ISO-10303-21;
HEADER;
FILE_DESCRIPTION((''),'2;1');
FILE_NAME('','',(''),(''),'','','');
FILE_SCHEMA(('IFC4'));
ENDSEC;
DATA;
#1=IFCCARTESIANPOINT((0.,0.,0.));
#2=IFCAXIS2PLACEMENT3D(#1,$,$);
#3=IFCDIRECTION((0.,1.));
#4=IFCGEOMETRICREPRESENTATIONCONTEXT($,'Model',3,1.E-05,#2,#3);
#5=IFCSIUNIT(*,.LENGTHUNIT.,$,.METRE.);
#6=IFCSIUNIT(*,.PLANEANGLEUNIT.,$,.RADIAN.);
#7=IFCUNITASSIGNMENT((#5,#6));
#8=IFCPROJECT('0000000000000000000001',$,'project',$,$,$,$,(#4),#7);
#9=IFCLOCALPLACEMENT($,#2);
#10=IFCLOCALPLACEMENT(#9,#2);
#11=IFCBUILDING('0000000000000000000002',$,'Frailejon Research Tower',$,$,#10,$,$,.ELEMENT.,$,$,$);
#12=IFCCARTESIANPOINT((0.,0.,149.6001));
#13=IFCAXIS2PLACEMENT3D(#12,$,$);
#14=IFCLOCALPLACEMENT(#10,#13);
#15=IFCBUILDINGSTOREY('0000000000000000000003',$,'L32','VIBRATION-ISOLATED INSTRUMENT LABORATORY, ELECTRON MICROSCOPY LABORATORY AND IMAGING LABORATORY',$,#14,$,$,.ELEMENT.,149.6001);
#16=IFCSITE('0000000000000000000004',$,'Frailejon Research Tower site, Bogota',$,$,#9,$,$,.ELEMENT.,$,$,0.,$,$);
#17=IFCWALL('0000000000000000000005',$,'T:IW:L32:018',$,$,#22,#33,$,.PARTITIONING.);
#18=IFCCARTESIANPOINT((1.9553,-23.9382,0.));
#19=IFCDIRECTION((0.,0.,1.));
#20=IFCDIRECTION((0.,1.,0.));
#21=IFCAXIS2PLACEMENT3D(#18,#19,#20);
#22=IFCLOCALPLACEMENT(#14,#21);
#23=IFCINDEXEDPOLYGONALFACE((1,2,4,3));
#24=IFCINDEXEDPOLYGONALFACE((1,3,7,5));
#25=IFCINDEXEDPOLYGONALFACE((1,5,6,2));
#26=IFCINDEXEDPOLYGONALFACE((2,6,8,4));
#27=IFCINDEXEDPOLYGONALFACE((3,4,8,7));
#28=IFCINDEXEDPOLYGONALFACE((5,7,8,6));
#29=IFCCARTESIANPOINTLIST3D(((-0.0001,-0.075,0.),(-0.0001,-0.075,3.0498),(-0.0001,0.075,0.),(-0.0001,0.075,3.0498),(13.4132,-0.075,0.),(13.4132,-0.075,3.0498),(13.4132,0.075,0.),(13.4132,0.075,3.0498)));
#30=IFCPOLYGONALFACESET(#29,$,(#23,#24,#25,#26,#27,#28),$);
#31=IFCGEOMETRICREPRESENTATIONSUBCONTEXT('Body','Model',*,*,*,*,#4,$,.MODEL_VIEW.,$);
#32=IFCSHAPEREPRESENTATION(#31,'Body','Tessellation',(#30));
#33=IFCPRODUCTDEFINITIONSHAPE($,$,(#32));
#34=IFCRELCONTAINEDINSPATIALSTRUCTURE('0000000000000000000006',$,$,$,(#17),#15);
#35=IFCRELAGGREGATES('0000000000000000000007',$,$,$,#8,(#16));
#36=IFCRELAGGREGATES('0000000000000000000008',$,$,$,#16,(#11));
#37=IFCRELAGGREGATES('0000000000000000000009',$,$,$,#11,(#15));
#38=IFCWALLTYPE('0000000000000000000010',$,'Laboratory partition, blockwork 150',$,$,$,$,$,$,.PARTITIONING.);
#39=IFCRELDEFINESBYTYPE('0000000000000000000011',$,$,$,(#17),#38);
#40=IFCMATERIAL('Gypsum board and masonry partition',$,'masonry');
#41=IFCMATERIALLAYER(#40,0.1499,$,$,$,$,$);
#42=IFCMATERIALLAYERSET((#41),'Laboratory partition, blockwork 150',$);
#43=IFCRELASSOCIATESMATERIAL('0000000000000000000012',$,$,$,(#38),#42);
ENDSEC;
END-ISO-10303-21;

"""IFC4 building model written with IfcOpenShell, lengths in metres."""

from ifc_helpers import new_model, si_unit, direction, frame, frame_2d, origin, place, context, subcontext, project, spatial, rectangle, extrude, material, layer, layer_set, type_object, element, save


model = new_model("IFC4")

# Units and contexts
model_context = context("Model", 3, precision=1e-05, world=origin(), true_north=direction((0.0, 1.0)))
body_context = subcontext(model_context, "Body", "Model", "MODEL_VIEW")
ifc_project = project(units=[si_unit("LENGTHUNIT", "METRE"), si_unit("PLANEANGLEUNIT", "RADIAN")], contexts=[model_context])

# Site, building, storey
site_placement = place(None, origin())
site = spatial("IfcSite", under=ifc_project, at=site_placement, Name="Frailejon Research Tower site, Bogota", CompositionType="ELEMENT", RefElevation=0.0)
building_placement = place(site_placement, origin())
building = spatial("IfcBuilding", under=site, at=building_placement, Name="Frailejon Research Tower", CompositionType="ELEMENT")
storey_placement = place(building_placement, frame((0.0, 0.0, 149.6001)))
storey = spatial("IfcBuildingStorey", under=building, at=storey_placement, Name="L32", Description="VIBRATION-ISOLATED INSTRUMENT LABORATORY, ELECTRON MICROSCOPY LABORATORY AND IMAGING LABORATORY", CompositionType="ELEMENT", Elevation=149.6001)

# Wall
ifc_material_1 = material(Name="Gypsum board and masonry partition", Category="masonry")
ifc_layer_1 = layer(ifc_material_1, 0.1499)
ifc_layer_set_1 = layer_set([ifc_layer_1], Name="Laboratory partition, blockwork 150")
wall_type_1 = type_object("IfcWallType", Name="Laboratory partition, blockwork 150", PredefinedType="PARTITIONING", material=ifc_layer_set_1)
wall_1_placement = place(storey_placement, frame((1.9553, -23.9382, 0.0), z_axis=(0.0, 0.0, 1.0), x_axis=(0.0, 1.0, 0.0)))
element("IfcWall", 1, at=wall_1_placement, inside=storey, type_object=wall_type_1, Name="T:IW:L32:018", PredefinedType="PARTITIONING", context=body_context, shape_type="SweptSolid", body=[
    extrude(rectangle(XDim=13.4133, YDim=0.1499, at=frame_2d((6.7065, 0.0))), origin(), (0.0, 0.0, 1.0), 3.0498),
])

save(model, "model.ifc")
